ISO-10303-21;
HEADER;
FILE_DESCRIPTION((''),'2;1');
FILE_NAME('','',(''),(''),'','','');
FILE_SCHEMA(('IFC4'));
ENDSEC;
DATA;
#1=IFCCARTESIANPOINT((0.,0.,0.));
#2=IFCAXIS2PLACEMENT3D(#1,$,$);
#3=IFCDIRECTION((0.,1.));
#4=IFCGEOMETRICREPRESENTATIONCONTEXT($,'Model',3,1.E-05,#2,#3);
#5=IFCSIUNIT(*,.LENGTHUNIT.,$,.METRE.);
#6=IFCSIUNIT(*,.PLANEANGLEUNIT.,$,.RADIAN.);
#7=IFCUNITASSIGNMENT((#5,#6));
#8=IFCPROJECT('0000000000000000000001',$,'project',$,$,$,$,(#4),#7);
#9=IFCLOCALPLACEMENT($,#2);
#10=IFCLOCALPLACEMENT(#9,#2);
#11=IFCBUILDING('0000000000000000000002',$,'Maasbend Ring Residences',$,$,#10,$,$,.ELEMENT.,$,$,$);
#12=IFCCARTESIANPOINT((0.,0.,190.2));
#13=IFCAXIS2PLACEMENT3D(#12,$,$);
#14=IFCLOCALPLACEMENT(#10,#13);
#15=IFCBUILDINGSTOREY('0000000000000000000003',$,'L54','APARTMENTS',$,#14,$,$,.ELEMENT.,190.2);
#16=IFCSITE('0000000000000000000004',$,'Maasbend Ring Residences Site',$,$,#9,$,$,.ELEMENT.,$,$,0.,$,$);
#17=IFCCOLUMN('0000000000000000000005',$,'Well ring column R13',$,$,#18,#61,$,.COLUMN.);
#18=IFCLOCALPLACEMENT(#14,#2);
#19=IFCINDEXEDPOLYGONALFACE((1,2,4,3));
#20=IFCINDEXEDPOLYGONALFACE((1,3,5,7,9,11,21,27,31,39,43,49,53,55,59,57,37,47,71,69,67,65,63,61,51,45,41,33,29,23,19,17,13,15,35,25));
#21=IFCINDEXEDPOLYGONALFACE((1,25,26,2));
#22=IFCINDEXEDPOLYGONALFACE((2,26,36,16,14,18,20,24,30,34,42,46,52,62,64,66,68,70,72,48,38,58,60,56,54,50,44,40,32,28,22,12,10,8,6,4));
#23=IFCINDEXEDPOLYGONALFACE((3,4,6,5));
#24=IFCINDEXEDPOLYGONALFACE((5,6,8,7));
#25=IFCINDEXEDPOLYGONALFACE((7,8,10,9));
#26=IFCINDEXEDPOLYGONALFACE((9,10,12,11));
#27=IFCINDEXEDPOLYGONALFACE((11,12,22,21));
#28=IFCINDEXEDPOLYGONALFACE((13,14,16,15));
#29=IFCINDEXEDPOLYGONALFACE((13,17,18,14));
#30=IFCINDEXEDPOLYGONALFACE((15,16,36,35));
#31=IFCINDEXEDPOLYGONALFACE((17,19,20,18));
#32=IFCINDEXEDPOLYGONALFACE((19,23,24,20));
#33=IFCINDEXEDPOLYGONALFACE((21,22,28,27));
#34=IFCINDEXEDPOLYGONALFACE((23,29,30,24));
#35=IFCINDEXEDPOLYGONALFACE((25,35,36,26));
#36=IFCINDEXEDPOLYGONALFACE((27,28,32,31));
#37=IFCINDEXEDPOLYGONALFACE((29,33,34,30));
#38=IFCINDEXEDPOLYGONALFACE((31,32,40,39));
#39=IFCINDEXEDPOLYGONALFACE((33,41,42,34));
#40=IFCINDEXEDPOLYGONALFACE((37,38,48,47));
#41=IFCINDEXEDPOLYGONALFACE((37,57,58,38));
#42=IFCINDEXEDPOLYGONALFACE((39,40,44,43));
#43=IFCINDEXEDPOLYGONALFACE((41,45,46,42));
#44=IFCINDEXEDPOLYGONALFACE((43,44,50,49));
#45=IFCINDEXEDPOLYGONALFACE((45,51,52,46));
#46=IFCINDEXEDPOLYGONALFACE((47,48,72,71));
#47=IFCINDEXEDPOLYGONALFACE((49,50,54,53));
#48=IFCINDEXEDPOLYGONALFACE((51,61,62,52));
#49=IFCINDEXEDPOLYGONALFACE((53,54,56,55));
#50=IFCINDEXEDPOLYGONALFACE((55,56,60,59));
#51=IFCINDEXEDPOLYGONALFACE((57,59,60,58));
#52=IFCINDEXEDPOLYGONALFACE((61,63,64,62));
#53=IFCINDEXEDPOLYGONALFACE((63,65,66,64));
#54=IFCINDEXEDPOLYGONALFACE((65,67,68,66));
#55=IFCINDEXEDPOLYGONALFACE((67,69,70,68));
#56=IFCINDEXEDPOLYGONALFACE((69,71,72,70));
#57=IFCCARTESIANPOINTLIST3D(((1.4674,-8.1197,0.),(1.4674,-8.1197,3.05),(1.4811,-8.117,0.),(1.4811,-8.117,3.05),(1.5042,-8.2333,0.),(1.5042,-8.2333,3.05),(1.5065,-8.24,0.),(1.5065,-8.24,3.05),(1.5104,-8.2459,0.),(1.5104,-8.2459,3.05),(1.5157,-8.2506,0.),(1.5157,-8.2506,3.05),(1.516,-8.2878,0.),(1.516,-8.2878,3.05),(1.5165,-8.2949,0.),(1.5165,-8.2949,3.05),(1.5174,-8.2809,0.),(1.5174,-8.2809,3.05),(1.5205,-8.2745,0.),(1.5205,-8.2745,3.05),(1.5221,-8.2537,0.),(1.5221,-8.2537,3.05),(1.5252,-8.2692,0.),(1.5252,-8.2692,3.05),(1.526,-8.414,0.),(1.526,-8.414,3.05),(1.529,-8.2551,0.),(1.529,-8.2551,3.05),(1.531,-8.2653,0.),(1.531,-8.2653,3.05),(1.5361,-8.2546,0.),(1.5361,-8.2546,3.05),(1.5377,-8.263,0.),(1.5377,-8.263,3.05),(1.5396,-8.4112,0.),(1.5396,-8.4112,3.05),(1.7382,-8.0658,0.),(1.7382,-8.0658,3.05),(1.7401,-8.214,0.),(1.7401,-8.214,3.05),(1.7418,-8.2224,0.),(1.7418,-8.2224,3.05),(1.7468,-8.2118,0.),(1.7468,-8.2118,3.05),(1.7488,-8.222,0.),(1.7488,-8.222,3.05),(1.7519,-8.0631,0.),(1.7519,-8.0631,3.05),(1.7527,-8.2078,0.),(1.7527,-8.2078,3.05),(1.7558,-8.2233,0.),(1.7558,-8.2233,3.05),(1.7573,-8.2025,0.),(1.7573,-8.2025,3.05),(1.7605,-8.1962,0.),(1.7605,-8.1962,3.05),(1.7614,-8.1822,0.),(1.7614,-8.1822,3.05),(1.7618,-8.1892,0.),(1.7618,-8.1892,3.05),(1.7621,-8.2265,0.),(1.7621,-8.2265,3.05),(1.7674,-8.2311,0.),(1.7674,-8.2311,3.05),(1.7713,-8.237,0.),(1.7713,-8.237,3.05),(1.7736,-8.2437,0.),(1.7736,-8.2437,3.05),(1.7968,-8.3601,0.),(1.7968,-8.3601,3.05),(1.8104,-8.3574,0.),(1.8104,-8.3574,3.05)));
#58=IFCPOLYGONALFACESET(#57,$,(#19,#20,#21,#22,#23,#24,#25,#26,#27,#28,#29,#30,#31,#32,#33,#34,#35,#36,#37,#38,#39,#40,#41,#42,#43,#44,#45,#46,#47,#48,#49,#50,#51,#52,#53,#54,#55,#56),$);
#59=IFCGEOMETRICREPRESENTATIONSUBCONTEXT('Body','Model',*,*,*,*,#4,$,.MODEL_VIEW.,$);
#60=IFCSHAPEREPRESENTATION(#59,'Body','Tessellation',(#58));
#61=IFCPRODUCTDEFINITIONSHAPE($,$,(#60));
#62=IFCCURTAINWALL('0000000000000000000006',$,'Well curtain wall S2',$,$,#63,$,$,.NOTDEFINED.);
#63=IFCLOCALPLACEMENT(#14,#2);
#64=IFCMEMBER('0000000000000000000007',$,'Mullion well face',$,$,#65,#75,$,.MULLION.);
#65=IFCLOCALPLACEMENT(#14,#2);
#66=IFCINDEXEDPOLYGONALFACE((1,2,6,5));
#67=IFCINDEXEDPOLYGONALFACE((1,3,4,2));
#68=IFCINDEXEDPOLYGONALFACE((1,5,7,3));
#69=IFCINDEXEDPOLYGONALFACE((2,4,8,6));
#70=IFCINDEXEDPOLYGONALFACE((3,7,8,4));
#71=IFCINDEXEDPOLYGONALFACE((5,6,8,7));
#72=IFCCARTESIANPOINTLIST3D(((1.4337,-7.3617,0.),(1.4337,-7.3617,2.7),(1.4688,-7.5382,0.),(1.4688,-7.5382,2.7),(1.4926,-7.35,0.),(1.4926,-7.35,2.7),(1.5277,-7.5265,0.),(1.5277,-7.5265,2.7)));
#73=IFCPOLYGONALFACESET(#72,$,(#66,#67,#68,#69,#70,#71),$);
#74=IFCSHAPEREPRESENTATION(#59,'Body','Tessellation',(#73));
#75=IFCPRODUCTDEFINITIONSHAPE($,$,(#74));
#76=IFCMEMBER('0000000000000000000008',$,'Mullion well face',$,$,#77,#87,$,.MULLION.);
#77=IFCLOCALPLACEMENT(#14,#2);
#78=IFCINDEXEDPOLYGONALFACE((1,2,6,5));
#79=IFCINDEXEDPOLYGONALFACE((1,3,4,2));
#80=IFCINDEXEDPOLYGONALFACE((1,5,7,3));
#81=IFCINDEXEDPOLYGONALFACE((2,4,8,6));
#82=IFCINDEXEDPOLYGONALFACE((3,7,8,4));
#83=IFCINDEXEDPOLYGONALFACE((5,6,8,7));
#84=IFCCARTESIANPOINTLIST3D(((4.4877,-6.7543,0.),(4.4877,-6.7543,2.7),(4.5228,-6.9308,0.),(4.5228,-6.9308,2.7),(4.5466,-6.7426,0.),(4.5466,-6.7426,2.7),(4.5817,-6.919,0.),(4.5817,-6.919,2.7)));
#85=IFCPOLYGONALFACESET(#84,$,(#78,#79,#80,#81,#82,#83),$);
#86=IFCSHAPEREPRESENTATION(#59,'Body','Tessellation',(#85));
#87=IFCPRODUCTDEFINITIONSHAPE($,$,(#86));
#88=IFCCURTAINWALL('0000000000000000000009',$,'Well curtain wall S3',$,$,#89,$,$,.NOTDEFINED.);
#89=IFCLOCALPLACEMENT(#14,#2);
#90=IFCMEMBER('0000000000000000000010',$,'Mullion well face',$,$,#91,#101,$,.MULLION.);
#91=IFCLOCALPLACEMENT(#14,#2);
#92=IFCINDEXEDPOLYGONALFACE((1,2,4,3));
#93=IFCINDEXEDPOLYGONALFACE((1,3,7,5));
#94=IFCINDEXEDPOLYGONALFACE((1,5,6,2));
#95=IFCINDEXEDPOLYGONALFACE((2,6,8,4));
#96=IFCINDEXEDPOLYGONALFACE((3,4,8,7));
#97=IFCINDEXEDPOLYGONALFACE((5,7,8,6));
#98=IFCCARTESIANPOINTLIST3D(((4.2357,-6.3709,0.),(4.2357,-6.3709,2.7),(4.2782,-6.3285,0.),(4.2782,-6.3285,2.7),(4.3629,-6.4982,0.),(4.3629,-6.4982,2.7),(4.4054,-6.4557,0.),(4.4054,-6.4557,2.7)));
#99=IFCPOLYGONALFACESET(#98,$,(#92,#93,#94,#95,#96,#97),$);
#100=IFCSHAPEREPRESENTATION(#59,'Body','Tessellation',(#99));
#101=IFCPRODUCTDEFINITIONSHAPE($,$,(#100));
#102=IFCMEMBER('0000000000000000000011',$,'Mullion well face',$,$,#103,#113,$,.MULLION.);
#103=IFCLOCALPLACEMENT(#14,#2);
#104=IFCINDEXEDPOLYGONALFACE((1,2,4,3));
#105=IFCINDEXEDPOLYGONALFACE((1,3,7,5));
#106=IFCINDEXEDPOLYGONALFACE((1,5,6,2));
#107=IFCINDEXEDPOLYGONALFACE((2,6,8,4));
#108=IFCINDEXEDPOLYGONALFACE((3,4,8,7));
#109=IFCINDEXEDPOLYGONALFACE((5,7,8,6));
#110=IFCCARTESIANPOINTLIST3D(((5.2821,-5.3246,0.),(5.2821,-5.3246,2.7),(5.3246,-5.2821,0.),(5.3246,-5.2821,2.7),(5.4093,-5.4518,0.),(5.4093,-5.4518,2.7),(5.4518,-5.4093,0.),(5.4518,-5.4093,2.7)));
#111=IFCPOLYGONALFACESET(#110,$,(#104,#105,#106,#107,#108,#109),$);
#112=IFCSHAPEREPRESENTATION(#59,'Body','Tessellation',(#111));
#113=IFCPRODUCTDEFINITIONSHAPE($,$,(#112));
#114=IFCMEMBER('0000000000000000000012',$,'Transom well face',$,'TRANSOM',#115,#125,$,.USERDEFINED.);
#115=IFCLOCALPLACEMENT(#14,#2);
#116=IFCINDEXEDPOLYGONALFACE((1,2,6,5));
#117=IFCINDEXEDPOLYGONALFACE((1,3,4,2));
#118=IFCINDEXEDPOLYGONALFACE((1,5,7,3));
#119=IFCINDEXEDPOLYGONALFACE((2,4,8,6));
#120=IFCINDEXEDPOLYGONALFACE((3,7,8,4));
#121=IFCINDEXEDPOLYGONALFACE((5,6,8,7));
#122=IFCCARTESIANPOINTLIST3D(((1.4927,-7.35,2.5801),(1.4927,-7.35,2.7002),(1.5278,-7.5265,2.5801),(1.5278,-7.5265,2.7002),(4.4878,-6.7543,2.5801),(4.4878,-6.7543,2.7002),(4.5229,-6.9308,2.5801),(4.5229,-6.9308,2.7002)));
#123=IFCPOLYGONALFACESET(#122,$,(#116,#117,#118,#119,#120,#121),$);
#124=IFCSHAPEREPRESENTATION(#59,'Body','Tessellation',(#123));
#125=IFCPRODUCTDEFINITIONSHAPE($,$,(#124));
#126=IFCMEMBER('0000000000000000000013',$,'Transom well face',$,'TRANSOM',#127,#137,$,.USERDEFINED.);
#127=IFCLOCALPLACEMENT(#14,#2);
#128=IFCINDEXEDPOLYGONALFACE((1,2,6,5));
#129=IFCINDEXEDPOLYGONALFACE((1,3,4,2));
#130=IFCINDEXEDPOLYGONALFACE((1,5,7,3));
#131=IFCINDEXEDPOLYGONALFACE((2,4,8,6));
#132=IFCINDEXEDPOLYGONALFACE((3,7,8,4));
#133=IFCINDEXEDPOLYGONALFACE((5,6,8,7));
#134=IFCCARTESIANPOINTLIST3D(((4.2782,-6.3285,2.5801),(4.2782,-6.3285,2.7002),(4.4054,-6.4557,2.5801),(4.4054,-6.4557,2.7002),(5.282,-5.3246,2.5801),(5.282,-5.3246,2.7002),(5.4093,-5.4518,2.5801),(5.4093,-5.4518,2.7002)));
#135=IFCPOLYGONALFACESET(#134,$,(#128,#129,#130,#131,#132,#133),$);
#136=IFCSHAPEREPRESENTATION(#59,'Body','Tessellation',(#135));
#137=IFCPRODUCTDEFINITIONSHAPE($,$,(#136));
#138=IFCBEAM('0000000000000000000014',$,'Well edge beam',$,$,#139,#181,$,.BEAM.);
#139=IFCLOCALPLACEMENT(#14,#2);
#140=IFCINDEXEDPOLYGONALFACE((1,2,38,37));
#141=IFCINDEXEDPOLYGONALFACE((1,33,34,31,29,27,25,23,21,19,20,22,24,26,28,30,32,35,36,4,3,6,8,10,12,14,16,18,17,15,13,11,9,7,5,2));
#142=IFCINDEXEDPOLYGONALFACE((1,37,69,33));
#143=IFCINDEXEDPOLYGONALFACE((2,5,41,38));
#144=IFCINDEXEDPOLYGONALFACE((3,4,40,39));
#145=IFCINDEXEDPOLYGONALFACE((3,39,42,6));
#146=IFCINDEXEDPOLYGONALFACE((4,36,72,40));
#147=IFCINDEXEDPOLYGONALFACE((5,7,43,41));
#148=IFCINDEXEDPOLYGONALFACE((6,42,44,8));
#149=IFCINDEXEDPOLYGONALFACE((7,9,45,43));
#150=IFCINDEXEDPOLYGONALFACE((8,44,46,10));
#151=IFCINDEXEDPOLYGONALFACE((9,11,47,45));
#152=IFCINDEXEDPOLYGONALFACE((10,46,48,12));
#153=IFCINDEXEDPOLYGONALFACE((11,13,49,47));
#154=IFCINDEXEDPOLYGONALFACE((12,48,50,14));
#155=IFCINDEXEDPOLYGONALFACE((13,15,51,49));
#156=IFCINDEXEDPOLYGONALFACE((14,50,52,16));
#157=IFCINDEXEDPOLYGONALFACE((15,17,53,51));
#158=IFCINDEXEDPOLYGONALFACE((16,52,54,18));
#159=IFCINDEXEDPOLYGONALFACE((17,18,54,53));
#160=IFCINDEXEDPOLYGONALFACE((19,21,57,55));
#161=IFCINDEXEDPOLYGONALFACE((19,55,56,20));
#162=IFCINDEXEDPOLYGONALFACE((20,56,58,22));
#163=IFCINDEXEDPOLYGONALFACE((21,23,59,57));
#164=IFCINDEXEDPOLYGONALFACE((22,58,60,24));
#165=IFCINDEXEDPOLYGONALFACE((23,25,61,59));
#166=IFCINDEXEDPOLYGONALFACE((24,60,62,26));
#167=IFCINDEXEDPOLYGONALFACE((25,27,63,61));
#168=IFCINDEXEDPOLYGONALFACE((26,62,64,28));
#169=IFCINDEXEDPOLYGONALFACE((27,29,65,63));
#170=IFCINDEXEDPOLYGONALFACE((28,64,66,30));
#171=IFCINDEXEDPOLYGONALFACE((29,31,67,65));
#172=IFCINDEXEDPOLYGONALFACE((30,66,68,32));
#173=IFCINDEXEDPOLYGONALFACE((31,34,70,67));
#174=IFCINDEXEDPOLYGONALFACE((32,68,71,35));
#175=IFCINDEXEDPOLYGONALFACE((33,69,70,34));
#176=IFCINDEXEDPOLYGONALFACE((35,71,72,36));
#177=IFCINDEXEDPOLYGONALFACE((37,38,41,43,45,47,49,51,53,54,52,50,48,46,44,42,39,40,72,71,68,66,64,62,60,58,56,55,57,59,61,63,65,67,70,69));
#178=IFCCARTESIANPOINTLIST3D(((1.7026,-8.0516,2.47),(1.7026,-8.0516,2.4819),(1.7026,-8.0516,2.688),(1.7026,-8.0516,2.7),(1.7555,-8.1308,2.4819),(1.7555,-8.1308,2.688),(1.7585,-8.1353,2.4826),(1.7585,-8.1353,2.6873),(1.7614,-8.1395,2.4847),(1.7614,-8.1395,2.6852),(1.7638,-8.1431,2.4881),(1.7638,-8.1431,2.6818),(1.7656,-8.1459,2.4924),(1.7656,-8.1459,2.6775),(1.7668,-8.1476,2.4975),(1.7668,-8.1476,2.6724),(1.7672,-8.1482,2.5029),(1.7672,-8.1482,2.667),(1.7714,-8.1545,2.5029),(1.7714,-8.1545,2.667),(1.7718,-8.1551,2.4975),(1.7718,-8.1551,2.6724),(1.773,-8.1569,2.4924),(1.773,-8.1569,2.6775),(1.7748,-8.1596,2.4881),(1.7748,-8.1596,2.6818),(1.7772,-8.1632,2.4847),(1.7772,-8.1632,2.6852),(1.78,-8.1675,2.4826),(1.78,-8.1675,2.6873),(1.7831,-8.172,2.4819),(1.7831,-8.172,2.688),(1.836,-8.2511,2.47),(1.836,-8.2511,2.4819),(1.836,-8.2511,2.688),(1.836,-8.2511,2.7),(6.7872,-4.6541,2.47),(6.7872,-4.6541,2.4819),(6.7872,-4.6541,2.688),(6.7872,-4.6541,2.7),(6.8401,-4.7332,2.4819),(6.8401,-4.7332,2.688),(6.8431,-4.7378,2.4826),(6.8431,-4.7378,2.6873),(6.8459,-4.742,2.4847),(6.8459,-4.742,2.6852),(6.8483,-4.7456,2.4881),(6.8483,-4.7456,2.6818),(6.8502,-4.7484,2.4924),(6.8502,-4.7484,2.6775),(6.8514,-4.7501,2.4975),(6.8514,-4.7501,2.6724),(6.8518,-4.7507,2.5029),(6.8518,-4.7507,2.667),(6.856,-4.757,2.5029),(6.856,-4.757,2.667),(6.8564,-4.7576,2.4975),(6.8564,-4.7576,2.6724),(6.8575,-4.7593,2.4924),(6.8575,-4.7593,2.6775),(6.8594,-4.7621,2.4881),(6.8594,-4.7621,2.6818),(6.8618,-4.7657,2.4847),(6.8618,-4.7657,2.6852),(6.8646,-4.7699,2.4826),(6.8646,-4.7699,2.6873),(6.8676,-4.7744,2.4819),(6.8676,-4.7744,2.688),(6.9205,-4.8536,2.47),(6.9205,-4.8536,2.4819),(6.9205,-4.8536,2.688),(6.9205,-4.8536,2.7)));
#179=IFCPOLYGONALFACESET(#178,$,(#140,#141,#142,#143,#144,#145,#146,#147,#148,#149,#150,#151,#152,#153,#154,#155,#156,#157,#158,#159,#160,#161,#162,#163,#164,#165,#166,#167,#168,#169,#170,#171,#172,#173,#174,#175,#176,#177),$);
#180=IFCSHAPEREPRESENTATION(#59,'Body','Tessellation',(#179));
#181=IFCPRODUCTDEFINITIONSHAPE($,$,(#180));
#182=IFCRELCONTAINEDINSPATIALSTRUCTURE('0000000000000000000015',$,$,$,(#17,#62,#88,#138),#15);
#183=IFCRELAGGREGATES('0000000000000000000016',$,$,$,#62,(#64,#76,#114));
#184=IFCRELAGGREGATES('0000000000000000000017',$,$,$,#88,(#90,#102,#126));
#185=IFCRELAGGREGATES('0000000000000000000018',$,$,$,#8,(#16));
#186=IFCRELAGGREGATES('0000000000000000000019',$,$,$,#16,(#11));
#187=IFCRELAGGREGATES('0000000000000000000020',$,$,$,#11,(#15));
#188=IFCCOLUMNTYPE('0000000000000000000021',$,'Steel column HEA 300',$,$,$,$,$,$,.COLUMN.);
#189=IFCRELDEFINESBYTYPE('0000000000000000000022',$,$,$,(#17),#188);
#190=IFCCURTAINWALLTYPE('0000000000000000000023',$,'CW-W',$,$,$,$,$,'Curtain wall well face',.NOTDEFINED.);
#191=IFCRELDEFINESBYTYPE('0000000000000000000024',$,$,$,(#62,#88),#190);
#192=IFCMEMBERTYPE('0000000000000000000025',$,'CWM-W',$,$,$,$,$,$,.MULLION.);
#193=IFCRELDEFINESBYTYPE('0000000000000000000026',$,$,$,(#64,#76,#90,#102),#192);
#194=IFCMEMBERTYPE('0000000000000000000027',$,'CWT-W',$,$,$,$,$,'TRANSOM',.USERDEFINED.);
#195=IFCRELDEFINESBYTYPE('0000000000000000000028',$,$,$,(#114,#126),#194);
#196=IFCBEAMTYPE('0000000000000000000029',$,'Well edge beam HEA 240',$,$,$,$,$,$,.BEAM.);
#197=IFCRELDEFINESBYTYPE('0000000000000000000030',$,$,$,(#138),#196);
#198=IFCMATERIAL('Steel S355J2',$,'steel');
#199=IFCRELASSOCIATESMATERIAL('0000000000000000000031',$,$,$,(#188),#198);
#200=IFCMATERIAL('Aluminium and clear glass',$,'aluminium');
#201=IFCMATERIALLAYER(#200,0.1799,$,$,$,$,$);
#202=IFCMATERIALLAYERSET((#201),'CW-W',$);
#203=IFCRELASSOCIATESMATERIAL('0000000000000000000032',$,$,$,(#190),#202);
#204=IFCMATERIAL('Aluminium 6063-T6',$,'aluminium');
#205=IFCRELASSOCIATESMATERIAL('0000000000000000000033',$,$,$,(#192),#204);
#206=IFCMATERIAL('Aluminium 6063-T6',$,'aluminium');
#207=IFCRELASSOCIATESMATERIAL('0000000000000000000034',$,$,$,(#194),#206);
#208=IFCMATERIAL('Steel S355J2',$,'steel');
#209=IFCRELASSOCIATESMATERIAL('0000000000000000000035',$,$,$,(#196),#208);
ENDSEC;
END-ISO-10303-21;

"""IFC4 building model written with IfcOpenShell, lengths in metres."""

from ifc_helpers import new_model, si_unit, direction, frame, origin, origin_2d, place, context, subcontext, project, spatial, rectangle, i_section, extrude, material, layer, layer_set, material_profile, profile_set, type_object, element, aggregate, save


model = new_model("IFC4")

# Units and contexts
model_context = context("Model", 3, precision=1e-05, world=origin(), true_north=direction((0.0, 1.0)))
body_context = subcontext(model_context, "Body", "Model", "MODEL_VIEW")
ifc_project = project(units=[si_unit("LENGTHUNIT", "METRE"), si_unit("PLANEANGLEUNIT", "RADIAN")], contexts=[model_context])

# Site, building, storey
site_placement = place(None, origin())
site = spatial("IfcSite", under=ifc_project, at=site_placement, Name="Maasbend Ring Residences Site", CompositionType="ELEMENT", RefElevation=0.0)
building_placement = place(site_placement, origin())
building = spatial("IfcBuilding", under=site, at=building_placement, Name="Maasbend Ring Residences", CompositionType="ELEMENT")
storey_placement = place(building_placement, frame((0.0, 0.0, 190.2)))
storey = spatial("IfcBuildingStorey", under=building, at=storey_placement, Name="L54", Description="APARTMENTS", CompositionType="ELEMENT", Elevation=190.2)

# Column
ifc_material_1 = material(Name="Steel S355J2", Category="steel")
ifc_material_profile_1 = material_profile(ifc_material_1, i_section(OverallWidth=0.3, OverallDepth=0.29, WebThickness=0.0085, FlangeThickness=0.0139, FilletRadius=0.0271, at=origin_2d()), Name="HEA 300")
ifc_profile_set_1 = profile_set([ifc_material_profile_1], Name="Steel S355J2")
column_type = type_object("IfcColumnType", Name="Steel column HEA 300", PredefinedType="COLUMN", material=ifc_profile_set_1)
column_placement = place(storey_placement, frame((1.6389, -8.2385, 0.0), z_axis=(0.0, 0.0, 1.0), x_axis=(0.19509, -0.980785, 0.0)))
element("IfcColumn", 1, at=column_placement, inside=storey, type_object=column_type, Name="Well ring column R13", PredefinedType="COLUMN", context=body_context, shape_type="SweptSolid", body=[
    extrude(i_section(OverallWidth=0.3, OverallDepth=0.29, WebThickness=0.0085, FlangeThickness=0.0139, FilletRadius=0.0271, at=origin_2d()), origin(), (0.0, 0.0, 1.0), 3.05),
])

# Curtain walls, members
ifc_material_2 = material(Name="Aluminium and clear glass", Category="aluminium")
ifc_layer_1 = layer(ifc_material_2, 0.1799)
ifc_layer_set_1 = layer_set([ifc_layer_1], Name="CW-W")
curtain_wall_type = type_object("IfcCurtainWallType", Name="CW-W", ElementType="Curtain wall well face", PredefinedType="NOTDEFINED", material=ifc_layer_set_1)
curtain_wall_1_placement = place(storey_placement, origin())
curtain_wall_1 = element("IfcCurtainWall", 2, at=curtain_wall_1_placement, inside=storey, type_object=curtain_wall_type, Name="Well curtain wall S2", PredefinedType="NOTDEFINED")
ifc_material_3 = material(Name="Aluminium 6063-T6", Category="aluminium")
ifc_material_profile_2 = material_profile(ifc_material_3, rectangle(XDim=0.1799, YDim=0.0601, at=origin_2d()), Name="AL 180x60")
ifc_profile_set_2 = profile_set([ifc_material_profile_2], Name="Aluminium 6063-T6")
member_type_1 = type_object("IfcMemberType", Name="CWM-W", PredefinedType="MULLION", material=ifc_profile_set_2)
member_1_placement = place(storey_placement, frame((1.4807, -7.4441, 0.0), z_axis=(0.0, 0.0, 1.0), x_axis=(-0.19509, 0.980785, 0.0)))
member_1 = element("IfcMember", 3, at=member_1_placement, type_object=member_type_1, Name="Mullion well face", PredefinedType="MULLION", context=body_context, shape_type="SweptSolid", body=[
    extrude(rectangle(XDim=0.1799, YDim=0.0601, at=origin_2d()), origin(), (0.0, 0.0, 1.0), 2.7),
])
member_2_placement = place(storey_placement, frame((4.5347, -6.8367, 0.0), z_axis=(0.0, 0.0, 1.0), x_axis=(-0.19509, 0.980785, 0.0)))
member_2 = element("IfcMember", 4, at=member_2_placement, type_object=member_type_1, Name="Mullion well face", PredefinedType="MULLION", context=body_context, shape_type="SweptSolid", body=[
    extrude(rectangle(XDim=0.1799, YDim=0.0601, at=origin_2d()), origin(), (0.0, 0.0, 1.0), 2.7),
])
curtain_wall_2_placement = place(storey_placement, origin())
curtain_wall_2 = element("IfcCurtainWall", 5, at=curtain_wall_2_placement, inside=storey, type_object=curtain_wall_type, Name="Well curtain wall S3", PredefinedType="NOTDEFINED")
member_3_placement = place(storey_placement, frame((4.3206, -6.4133, 0.0), z_axis=(0.0, 0.0, 1.0), x_axis=(-0.707107, 0.707107, 0.0)))
member_3 = element("IfcMember", 6, at=member_3_placement, type_object=member_type_1, Name="Mullion well face", PredefinedType="MULLION", context=body_context, shape_type="SweptSolid", body=[
    extrude(rectangle(XDim=0.1799, YDim=0.0601, at=origin_2d()), origin(), (0.0, 0.0, 1.0), 2.7),
])
member_4_placement = place(storey_placement, frame((5.3669, -5.3669, 0.0), z_axis=(0.0, 0.0, 1.0), x_axis=(-0.707107, 0.707107, 0.0)))
member_4 = element("IfcMember", 7, at=member_4_placement, type_object=member_type_1, Name="Mullion well face", PredefinedType="MULLION", context=body_context, shape_type="SweptSolid", body=[
    extrude(rectangle(XDim=0.1799, YDim=0.0601, at=origin_2d()), origin(), (0.0, 0.0, 1.0), 2.7),
])

# Members
ifc_material_4 = material(Name="Aluminium 6063-T6", Category="aluminium")
ifc_material_profile_3 = material_profile(ifc_material_4, rectangle(XDim=0.1799, YDim=0.1201, at=origin_2d()), Name="AL 180x120")
ifc_profile_set_3 = profile_set([ifc_material_profile_3], Name="Aluminium 6063-T6")
member_type_2 = type_object("IfcMemberType", Name="CWT-W", ElementType="TRANSOM", PredefinedType="USERDEFINED", material=ifc_profile_set_3)
member_5_placement = place(storey_placement, frame((1.5103, -7.4382, 2.6401), z_axis=(0.980789, 0.195071, 0.0), x_axis=(-0.195071, 0.980789, 0.0)))
member_5 = element("IfcMember", 8, at=member_5_placement, type_object=member_type_2, Name="Transom well face", ObjectType="TRANSOM", PredefinedType="USERDEFINED", context=body_context, shape_type="SweptSolid", body=[
    extrude(rectangle(XDim=0.1799, YDim=0.1201, at=origin_2d()), origin(), (0.0, 0.0, 1.0), 3.0537),
])
member_6_placement = place(storey_placement, frame((4.3418, -6.3921, 2.6401), z_axis=(0.707107, 0.707107, 0.0), x_axis=(-0.707107, 0.707107, 0.0)))
member_6 = element("IfcMember", 9, at=member_6_placement, type_object=member_type_2, Name="Transom well face", ObjectType="TRANSOM", PredefinedType="USERDEFINED", context=body_context, shape_type="SweptSolid", body=[
    extrude(rectangle(XDim=0.1799, YDim=0.1201, at=origin_2d()), origin(), (0.0, 0.0, 1.0), 1.4197),
])

# Beam
ifc_material_5 = material(Name="Steel S355J2", Category="steel")
ifc_material_profile_4 = material_profile(ifc_material_5, i_section(OverallWidth=0.24, OverallDepth=0.23, WebThickness=0.0076, FlangeThickness=0.012, FilletRadius=0.021, at=origin_2d()), Name="HEA 240")
ifc_profile_set_4 = profile_set([ifc_material_profile_4], Name="Steel S355J2")
beam_type = type_object("IfcBeamType", Name="Well edge beam HEA 240", PredefinedType="BEAM", material=ifc_profile_set_4)
beam_placement = place(storey_placement, frame((1.7693, -8.1514, 2.585), z_axis=(0.83146, 0.555584, 0.0), x_axis=(-0.555584, 0.83146, 0.0)))
element("IfcBeam", 10, at=beam_placement, inside=storey, type_object=beam_type, Name="Well edge beam", PredefinedType="BEAM", context=body_context, shape_type="SweptSolid", body=[
    extrude(i_section(OverallWidth=0.24, OverallDepth=0.23, WebThickness=0.0076, FlangeThickness=0.012, FilletRadius=0.021, at=origin_2d()), origin(), (0.0, 0.0, 1.0), 6.1152),
])

aggregate(curtain_wall_1, [member_1, member_2, member_5])
aggregate(curtain_wall_2, [member_3, member_4, member_6])

save(model, "model.ifc")
